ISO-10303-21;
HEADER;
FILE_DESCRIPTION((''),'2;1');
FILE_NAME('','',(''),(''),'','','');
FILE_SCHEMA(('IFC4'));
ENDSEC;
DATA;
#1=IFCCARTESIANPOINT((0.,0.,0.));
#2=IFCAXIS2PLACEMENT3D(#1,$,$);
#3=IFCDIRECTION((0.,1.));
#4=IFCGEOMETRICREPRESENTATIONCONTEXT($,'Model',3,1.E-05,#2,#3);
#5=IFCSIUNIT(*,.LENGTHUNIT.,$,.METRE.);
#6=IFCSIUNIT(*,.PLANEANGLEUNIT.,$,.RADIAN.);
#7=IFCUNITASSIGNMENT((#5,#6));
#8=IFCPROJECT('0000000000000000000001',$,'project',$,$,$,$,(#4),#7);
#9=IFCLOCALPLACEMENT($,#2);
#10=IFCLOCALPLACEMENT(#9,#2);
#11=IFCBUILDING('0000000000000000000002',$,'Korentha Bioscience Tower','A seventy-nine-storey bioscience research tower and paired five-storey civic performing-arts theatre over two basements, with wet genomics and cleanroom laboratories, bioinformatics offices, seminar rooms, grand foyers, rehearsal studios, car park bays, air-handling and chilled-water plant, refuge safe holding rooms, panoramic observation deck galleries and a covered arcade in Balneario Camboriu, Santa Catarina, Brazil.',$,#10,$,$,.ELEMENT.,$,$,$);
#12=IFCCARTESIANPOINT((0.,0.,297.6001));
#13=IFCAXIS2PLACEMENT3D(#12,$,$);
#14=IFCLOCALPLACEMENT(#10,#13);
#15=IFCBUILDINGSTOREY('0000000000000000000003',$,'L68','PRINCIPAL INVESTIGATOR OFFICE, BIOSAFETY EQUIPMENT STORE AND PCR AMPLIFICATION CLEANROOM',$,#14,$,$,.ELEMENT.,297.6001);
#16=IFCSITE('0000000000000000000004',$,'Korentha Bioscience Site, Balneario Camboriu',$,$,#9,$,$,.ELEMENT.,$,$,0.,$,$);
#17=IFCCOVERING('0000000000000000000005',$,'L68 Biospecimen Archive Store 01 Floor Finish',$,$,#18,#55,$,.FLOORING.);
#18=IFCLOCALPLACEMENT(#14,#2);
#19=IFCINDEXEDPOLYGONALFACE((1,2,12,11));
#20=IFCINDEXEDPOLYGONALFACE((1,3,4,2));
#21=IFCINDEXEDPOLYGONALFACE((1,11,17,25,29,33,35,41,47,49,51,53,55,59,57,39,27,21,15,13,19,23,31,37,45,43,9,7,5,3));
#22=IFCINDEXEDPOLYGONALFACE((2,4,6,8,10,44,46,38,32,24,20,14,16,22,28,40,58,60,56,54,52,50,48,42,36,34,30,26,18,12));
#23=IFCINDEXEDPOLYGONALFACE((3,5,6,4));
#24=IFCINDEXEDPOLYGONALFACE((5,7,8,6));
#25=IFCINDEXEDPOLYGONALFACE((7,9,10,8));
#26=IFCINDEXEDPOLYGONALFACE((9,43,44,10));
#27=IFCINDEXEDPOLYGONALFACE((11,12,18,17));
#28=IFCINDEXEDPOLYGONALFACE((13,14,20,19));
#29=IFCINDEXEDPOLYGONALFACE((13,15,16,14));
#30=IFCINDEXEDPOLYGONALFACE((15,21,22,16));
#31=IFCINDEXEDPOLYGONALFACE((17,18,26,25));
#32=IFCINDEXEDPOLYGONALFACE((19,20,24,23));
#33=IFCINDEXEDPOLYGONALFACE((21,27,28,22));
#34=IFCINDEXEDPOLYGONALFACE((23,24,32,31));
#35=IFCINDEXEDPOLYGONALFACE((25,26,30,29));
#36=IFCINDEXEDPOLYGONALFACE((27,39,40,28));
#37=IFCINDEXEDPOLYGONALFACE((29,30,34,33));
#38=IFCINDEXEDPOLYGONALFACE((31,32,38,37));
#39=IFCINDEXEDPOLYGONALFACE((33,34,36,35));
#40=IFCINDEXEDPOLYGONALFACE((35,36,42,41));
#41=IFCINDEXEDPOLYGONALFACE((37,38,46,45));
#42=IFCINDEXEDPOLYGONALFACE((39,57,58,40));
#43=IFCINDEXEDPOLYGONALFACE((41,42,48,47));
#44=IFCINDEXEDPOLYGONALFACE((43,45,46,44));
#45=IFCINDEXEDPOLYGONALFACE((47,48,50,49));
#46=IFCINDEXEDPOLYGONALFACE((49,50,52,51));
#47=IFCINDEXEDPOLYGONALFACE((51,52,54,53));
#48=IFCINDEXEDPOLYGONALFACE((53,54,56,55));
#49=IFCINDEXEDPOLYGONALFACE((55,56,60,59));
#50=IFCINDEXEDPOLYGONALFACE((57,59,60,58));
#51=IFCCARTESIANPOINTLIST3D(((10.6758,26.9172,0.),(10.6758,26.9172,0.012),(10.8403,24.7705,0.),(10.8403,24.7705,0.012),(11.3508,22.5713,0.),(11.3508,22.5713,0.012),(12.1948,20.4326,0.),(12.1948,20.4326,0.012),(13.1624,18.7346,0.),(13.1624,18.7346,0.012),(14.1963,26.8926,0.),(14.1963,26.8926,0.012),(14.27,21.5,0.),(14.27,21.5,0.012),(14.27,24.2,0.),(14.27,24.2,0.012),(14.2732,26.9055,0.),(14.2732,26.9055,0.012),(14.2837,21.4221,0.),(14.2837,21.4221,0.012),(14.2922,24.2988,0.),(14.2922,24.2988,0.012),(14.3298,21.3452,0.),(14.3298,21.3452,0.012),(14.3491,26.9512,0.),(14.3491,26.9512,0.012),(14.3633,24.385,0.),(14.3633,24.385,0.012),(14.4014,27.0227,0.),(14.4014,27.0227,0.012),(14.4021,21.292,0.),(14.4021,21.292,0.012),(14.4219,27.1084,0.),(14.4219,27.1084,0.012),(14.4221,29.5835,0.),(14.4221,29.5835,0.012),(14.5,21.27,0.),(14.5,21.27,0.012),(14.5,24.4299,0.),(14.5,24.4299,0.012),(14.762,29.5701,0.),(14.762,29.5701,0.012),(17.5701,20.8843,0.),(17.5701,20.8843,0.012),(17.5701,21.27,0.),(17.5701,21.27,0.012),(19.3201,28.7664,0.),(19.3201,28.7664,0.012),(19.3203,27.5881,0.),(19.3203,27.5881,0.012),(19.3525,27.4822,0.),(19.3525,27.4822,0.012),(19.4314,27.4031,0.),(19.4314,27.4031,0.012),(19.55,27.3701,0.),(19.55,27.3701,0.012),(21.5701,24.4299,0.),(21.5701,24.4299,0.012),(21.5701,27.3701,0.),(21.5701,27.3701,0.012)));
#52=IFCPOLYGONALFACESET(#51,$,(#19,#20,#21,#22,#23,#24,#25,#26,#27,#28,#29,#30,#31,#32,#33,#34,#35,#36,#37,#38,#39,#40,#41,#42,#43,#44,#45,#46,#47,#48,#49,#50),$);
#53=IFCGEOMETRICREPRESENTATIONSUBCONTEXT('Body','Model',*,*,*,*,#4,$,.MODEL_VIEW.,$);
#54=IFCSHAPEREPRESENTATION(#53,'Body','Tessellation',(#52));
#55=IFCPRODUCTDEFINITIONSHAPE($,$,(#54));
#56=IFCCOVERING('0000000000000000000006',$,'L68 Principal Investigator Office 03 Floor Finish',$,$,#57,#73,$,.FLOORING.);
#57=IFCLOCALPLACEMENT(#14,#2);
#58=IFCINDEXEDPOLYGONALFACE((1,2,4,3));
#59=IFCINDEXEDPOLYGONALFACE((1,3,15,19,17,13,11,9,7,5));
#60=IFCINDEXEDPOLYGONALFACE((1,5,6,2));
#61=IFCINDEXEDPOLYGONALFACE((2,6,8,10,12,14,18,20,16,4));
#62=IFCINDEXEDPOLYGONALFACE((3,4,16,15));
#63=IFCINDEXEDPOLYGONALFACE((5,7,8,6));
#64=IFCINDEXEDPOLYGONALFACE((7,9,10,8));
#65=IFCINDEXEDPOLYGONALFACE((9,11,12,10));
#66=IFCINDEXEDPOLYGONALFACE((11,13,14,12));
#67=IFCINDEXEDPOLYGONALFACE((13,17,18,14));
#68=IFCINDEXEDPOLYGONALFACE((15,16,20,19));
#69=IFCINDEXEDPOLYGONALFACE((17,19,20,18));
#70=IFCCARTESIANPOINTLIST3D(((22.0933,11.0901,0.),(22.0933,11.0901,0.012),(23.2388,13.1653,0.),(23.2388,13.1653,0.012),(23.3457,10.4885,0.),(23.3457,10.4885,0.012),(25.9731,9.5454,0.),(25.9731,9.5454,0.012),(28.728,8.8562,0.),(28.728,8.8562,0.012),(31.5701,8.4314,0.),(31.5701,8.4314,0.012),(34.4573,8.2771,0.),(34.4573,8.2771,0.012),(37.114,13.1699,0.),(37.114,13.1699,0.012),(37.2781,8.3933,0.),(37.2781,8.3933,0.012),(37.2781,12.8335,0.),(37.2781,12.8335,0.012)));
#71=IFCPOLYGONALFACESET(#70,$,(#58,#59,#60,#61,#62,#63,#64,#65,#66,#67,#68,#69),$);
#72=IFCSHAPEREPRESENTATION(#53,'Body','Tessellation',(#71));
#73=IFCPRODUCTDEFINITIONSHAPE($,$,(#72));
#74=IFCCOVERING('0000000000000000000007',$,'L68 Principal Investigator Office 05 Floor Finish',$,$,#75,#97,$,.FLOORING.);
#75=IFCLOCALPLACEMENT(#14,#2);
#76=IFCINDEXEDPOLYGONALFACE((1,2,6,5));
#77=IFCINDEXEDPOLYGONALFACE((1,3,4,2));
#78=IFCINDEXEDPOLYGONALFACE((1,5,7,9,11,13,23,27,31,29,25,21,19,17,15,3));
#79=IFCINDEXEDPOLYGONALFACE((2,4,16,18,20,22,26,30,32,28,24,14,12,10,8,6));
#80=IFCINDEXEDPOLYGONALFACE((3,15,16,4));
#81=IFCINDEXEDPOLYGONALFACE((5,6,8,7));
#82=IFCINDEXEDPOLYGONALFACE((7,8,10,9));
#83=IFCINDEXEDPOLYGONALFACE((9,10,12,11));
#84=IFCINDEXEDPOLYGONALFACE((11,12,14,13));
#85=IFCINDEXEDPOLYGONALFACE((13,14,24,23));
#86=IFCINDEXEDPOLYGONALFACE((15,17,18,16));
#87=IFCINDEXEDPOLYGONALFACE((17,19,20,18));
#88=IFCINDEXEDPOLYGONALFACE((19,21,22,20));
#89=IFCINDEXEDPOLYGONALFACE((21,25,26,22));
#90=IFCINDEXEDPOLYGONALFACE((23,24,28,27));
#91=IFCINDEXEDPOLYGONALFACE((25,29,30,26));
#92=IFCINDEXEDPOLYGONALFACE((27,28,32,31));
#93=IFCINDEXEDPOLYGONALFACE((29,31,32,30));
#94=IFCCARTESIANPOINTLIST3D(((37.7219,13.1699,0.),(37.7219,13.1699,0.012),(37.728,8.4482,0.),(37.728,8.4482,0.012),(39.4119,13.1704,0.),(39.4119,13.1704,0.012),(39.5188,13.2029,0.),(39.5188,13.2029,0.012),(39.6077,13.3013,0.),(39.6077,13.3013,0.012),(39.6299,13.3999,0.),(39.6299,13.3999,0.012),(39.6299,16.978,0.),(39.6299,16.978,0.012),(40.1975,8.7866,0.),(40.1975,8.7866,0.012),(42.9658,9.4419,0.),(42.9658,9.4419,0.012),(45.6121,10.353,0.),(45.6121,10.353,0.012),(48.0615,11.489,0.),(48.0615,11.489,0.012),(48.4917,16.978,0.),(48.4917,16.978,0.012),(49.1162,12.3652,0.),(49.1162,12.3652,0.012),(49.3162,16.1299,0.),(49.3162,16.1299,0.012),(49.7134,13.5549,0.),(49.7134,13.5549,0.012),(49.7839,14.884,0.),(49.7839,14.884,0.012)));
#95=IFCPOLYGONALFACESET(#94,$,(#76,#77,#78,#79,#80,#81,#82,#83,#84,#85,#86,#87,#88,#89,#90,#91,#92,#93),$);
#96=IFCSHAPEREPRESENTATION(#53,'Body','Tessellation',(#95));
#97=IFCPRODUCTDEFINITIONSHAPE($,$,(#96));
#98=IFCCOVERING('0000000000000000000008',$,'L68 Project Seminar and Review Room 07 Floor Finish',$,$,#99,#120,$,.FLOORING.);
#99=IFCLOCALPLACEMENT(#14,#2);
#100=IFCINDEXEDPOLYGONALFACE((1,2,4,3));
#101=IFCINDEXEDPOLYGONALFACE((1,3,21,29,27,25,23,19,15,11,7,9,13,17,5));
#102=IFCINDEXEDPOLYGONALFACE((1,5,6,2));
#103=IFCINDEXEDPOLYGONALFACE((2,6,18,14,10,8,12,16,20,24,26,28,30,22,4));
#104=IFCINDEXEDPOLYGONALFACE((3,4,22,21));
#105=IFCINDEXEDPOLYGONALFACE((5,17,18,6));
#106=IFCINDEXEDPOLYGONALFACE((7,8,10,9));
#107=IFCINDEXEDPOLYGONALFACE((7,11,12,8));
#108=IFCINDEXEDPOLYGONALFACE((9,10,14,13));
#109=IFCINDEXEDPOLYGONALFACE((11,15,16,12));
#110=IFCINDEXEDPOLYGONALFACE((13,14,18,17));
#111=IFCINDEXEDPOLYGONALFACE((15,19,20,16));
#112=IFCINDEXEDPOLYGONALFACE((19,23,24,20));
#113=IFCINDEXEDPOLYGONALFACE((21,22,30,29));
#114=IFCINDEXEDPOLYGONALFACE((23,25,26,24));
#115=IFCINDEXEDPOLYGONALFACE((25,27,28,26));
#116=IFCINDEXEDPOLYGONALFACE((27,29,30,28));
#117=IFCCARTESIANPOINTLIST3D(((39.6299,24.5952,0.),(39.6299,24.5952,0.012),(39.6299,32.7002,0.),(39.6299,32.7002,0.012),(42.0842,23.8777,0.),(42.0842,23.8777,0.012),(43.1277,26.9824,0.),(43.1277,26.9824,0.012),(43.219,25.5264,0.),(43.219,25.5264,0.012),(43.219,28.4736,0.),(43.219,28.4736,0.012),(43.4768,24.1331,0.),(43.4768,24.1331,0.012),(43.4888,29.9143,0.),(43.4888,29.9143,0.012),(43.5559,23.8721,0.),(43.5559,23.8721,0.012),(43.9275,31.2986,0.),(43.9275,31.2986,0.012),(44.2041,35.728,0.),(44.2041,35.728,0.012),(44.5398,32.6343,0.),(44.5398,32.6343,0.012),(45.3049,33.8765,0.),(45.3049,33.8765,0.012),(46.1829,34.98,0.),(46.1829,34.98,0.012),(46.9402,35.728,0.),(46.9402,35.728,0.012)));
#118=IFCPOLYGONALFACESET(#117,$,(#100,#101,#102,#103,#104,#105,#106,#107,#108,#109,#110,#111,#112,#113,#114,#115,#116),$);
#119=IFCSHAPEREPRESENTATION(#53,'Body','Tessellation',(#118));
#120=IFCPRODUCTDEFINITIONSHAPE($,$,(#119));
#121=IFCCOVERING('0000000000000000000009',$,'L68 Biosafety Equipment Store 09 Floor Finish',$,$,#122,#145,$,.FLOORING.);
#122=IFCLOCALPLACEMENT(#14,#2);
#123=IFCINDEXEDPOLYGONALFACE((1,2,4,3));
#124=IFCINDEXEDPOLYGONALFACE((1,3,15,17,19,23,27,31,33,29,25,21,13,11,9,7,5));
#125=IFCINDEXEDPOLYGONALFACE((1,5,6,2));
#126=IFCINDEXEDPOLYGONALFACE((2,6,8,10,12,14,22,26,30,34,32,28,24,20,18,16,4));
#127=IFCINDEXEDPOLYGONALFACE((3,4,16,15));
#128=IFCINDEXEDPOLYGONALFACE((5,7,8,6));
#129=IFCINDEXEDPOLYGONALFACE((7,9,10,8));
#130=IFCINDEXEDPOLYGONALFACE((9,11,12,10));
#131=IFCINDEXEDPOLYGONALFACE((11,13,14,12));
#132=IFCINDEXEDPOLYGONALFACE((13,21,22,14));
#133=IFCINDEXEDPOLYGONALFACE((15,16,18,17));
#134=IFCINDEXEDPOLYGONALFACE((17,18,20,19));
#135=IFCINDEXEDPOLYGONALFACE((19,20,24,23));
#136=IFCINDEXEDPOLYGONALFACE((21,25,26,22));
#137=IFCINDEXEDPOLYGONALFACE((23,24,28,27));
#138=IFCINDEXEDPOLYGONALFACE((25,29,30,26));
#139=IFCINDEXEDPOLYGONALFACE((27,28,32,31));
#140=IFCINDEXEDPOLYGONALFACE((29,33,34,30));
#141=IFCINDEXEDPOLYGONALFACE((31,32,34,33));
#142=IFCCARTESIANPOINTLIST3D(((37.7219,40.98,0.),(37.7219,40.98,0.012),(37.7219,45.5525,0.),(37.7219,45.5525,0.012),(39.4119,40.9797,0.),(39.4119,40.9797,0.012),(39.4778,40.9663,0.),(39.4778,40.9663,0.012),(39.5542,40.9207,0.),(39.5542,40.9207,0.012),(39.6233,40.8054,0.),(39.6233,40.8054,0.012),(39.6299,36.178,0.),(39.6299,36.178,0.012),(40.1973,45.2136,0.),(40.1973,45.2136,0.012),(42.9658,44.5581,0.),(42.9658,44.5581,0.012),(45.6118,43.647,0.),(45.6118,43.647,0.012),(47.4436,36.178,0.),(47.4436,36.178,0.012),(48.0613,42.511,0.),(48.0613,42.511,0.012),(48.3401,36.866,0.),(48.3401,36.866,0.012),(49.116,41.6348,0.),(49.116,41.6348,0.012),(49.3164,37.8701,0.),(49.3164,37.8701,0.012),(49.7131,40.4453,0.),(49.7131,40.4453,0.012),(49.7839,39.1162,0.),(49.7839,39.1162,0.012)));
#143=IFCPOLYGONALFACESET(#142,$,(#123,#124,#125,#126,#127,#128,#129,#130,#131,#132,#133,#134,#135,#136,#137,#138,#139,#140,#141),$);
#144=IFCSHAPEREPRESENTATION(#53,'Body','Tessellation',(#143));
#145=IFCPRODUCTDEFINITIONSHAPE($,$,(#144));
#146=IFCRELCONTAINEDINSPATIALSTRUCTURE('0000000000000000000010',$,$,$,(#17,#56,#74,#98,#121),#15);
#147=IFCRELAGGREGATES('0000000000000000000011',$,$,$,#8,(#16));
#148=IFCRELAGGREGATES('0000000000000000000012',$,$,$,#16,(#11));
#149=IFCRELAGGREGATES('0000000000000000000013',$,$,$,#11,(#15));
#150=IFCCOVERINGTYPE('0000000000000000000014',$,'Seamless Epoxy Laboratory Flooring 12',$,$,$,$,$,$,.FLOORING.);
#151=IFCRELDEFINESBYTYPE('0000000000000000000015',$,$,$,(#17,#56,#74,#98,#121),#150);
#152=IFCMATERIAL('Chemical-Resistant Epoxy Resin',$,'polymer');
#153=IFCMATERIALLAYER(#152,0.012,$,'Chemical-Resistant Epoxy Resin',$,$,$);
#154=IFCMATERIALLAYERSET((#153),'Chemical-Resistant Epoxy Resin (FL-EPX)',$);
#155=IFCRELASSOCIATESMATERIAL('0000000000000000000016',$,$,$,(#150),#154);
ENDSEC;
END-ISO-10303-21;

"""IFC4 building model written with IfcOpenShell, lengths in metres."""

from ifc_helpers import new_model, si_unit, direction, frame, origin, place, context, subcontext, project, spatial, polyline, outline, extrude, material, layer, layer_set, type_object, element, save


model = new_model("IFC4")

# Units and contexts
model_context = context("Model", 3, precision=1e-05, world=origin(), true_north=direction((0.0, 1.0)))
body_context = subcontext(model_context, "Body", "Model", "MODEL_VIEW")
ifc_project = project(units=[si_unit("LENGTHUNIT", "METRE"), si_unit("PLANEANGLEUNIT", "RADIAN")], contexts=[model_context])

# Site, building, storey
site_placement = place(None, origin())
site = spatial("IfcSite", under=ifc_project, at=site_placement, Name="Korentha Bioscience Site, Balneario Camboriu", CompositionType="ELEMENT", RefElevation=0.0)
building_placement = place(site_placement, origin())
building = spatial("IfcBuilding", under=site, at=building_placement, Name="Korentha Bioscience Tower", Description="A seventy-nine-storey bioscience research tower and paired five-storey civic performing-arts theatre over two basements, with wet genomics and cleanroom laboratories, bioinformatics offices, seminar rooms, grand foyers, rehearsal studios, car park bays, air-handling and chilled-water plant, refuge safe holding rooms, panoramic observation deck galleries and a covered arcade in Balneario Camboriu, Santa Catarina, Brazil.", CompositionType="ELEMENT")
storey_placement = place(building_placement, frame((0.0, 0.0, 297.6001)))
storey = spatial("IfcBuildingStorey", under=building, at=storey_placement, Name="L68", Description="PRINCIPAL INVESTIGATOR OFFICE, BIOSAFETY EQUIPMENT STORE AND PCR AMPLIFICATION CLEANROOM", CompositionType="ELEMENT", Elevation=297.6001)

# Coverings
ifc_material_1 = material(Name="Chemical-Resistant Epoxy Resin", Category="polymer")
ifc_layer_1 = layer(ifc_material_1, 0.012, Name="Chemical-Resistant Epoxy Resin")
ifc_layer_set_1 = layer_set([ifc_layer_1], Name="Chemical-Resistant Epoxy Resin (FL-EPX)")
covering_type_1 = type_object("IfcCoveringType", Name="Seamless Epoxy Laboratory Flooring 12", PredefinedType="FLOORING", material=ifc_layer_set_1)
covering_1_placement = place(storey_placement, origin())
element("IfcCovering", 1, at=covering_1_placement, inside=storey, type_object=covering_type_1, Name="L68 Biospecimen Archive Store 01 Floor Finish", PredefinedType="FLOORING", context=body_context, shape_type="SweptSolid", body=[
    extrude(outline(polyline([(14.1963, 26.8926), (14.2732, 26.9055), (14.3491, 26.9512), (14.4014, 27.0227), (14.4219, 27.1084), (14.4221, 29.5835), (14.762, 29.5701), (19.3201, 28.7664), (19.3203, 27.5881), (19.3525, 27.4822), (19.4314, 27.4031), (19.55, 27.3701), (21.5701, 27.3701), (21.5701, 24.4299), (14.5, 24.4299), (14.3633, 24.385), (14.2922, 24.2988), (14.27, 24.2), (14.27, 21.5), (14.2837, 21.4221), (14.3298, 21.3452), (14.4021, 21.292), (14.5, 21.27), (17.5701, 21.27), (17.5701, 20.8843), (13.1624, 18.7346), (12.1948, 20.4326), (11.3508, 22.5713), (10.8403, 24.7705), (10.6758, 26.9172), (14.1963, 26.8926)])), origin(), (0.0, 0.0, 1.0), 0.012),
])
covering_2_placement = place(storey_placement, origin())
element("IfcCovering", 2, at=covering_2_placement, inside=storey, type_object=covering_type_1, Name="L68 Principal Investigator Office 03 Floor Finish", PredefinedType="FLOORING", context=body_context, shape_type="SweptSolid", body=[
    extrude(outline(polyline([(31.5701, 8.4314), (28.728, 8.8562), (25.9731, 9.5454), (23.3457, 10.4885), (22.0933, 11.0901), (23.2388, 13.1653), (37.114, 13.1699), (37.2781, 12.8335), (37.2781, 8.3933), (34.4573, 8.2771), (31.5701, 8.4314)])), origin(), (0.0, 0.0, 1.0), 0.012),
])
covering_3_placement = place(storey_placement, origin())
element("IfcCovering", 3, at=covering_3_placement, inside=storey, type_object=covering_type_1, Name="L68 Principal Investigator Office 05 Floor Finish", PredefinedType="FLOORING", context=body_context, shape_type="SweptSolid", body=[
    extrude(outline(polyline([(37.7219, 13.1699), (39.4119, 13.1704), (39.5188, 13.2029), (39.6077, 13.3013), (39.6299, 13.3999), (39.6299, 16.978), (48.4917, 16.978), (49.3162, 16.1299), (49.7839, 14.884), (49.7134, 13.5549), (49.1162, 12.3652), (48.0615, 11.489), (45.6121, 10.353), (42.9658, 9.4419), (40.1975, 8.7866), (37.728, 8.4482), (37.7219, 13.1699)])), origin(), (0.0, 0.0, 1.0), 0.012),
])
covering_4_placement = place(storey_placement, origin())
element("IfcCovering", 4, at=covering_4_placement, inside=storey, type_object=covering_type_1, Name="L68 Project Seminar and Review Room 07 Floor Finish", PredefinedType="FLOORING", context=body_context, shape_type="SweptSolid", body=[
    extrude(outline(polyline([(39.6299, 24.5952), (39.6299, 32.7002), (44.2041, 35.728), (46.9402, 35.728), (46.1829, 34.98), (45.3049, 33.8765), (44.5398, 32.6343), (43.9275, 31.2986), (43.4888, 29.9143), (43.219, 28.4736), (43.1277, 26.9824), (43.219, 25.5264), (43.4768, 24.1331), (43.5559, 23.8721), (42.0842, 23.8777), (39.6299, 24.5952)])), origin(), (0.0, 0.0, 1.0), 0.012),
])
covering_5_placement = place(storey_placement, origin())
element("IfcCovering", 5, at=covering_5_placement, inside=storey, type_object=covering_type_1, Name="L68 Biosafety Equipment Store 09 Floor Finish", PredefinedType="FLOORING", context=body_context, shape_type="SweptSolid", body=[
    extrude(outline(polyline([(40.1973, 45.2136), (42.9658, 44.5581), (45.6118, 43.647), (48.0613, 42.511), (49.116, 41.6348), (49.7131, 40.4453), (49.7839, 39.1162), (49.3164, 37.8701), (48.3401, 36.866), (47.4436, 36.178), (39.6299, 36.178), (39.6233, 40.8054), (39.5542, 40.9207), (39.4778, 40.9663), (39.4119, 40.9797), (37.7219, 40.98), (37.7219, 45.5525), (40.1973, 45.2136)])), origin(), (0.0, 0.0, 1.0), 0.012),
])

save(model, "model.ifc")
